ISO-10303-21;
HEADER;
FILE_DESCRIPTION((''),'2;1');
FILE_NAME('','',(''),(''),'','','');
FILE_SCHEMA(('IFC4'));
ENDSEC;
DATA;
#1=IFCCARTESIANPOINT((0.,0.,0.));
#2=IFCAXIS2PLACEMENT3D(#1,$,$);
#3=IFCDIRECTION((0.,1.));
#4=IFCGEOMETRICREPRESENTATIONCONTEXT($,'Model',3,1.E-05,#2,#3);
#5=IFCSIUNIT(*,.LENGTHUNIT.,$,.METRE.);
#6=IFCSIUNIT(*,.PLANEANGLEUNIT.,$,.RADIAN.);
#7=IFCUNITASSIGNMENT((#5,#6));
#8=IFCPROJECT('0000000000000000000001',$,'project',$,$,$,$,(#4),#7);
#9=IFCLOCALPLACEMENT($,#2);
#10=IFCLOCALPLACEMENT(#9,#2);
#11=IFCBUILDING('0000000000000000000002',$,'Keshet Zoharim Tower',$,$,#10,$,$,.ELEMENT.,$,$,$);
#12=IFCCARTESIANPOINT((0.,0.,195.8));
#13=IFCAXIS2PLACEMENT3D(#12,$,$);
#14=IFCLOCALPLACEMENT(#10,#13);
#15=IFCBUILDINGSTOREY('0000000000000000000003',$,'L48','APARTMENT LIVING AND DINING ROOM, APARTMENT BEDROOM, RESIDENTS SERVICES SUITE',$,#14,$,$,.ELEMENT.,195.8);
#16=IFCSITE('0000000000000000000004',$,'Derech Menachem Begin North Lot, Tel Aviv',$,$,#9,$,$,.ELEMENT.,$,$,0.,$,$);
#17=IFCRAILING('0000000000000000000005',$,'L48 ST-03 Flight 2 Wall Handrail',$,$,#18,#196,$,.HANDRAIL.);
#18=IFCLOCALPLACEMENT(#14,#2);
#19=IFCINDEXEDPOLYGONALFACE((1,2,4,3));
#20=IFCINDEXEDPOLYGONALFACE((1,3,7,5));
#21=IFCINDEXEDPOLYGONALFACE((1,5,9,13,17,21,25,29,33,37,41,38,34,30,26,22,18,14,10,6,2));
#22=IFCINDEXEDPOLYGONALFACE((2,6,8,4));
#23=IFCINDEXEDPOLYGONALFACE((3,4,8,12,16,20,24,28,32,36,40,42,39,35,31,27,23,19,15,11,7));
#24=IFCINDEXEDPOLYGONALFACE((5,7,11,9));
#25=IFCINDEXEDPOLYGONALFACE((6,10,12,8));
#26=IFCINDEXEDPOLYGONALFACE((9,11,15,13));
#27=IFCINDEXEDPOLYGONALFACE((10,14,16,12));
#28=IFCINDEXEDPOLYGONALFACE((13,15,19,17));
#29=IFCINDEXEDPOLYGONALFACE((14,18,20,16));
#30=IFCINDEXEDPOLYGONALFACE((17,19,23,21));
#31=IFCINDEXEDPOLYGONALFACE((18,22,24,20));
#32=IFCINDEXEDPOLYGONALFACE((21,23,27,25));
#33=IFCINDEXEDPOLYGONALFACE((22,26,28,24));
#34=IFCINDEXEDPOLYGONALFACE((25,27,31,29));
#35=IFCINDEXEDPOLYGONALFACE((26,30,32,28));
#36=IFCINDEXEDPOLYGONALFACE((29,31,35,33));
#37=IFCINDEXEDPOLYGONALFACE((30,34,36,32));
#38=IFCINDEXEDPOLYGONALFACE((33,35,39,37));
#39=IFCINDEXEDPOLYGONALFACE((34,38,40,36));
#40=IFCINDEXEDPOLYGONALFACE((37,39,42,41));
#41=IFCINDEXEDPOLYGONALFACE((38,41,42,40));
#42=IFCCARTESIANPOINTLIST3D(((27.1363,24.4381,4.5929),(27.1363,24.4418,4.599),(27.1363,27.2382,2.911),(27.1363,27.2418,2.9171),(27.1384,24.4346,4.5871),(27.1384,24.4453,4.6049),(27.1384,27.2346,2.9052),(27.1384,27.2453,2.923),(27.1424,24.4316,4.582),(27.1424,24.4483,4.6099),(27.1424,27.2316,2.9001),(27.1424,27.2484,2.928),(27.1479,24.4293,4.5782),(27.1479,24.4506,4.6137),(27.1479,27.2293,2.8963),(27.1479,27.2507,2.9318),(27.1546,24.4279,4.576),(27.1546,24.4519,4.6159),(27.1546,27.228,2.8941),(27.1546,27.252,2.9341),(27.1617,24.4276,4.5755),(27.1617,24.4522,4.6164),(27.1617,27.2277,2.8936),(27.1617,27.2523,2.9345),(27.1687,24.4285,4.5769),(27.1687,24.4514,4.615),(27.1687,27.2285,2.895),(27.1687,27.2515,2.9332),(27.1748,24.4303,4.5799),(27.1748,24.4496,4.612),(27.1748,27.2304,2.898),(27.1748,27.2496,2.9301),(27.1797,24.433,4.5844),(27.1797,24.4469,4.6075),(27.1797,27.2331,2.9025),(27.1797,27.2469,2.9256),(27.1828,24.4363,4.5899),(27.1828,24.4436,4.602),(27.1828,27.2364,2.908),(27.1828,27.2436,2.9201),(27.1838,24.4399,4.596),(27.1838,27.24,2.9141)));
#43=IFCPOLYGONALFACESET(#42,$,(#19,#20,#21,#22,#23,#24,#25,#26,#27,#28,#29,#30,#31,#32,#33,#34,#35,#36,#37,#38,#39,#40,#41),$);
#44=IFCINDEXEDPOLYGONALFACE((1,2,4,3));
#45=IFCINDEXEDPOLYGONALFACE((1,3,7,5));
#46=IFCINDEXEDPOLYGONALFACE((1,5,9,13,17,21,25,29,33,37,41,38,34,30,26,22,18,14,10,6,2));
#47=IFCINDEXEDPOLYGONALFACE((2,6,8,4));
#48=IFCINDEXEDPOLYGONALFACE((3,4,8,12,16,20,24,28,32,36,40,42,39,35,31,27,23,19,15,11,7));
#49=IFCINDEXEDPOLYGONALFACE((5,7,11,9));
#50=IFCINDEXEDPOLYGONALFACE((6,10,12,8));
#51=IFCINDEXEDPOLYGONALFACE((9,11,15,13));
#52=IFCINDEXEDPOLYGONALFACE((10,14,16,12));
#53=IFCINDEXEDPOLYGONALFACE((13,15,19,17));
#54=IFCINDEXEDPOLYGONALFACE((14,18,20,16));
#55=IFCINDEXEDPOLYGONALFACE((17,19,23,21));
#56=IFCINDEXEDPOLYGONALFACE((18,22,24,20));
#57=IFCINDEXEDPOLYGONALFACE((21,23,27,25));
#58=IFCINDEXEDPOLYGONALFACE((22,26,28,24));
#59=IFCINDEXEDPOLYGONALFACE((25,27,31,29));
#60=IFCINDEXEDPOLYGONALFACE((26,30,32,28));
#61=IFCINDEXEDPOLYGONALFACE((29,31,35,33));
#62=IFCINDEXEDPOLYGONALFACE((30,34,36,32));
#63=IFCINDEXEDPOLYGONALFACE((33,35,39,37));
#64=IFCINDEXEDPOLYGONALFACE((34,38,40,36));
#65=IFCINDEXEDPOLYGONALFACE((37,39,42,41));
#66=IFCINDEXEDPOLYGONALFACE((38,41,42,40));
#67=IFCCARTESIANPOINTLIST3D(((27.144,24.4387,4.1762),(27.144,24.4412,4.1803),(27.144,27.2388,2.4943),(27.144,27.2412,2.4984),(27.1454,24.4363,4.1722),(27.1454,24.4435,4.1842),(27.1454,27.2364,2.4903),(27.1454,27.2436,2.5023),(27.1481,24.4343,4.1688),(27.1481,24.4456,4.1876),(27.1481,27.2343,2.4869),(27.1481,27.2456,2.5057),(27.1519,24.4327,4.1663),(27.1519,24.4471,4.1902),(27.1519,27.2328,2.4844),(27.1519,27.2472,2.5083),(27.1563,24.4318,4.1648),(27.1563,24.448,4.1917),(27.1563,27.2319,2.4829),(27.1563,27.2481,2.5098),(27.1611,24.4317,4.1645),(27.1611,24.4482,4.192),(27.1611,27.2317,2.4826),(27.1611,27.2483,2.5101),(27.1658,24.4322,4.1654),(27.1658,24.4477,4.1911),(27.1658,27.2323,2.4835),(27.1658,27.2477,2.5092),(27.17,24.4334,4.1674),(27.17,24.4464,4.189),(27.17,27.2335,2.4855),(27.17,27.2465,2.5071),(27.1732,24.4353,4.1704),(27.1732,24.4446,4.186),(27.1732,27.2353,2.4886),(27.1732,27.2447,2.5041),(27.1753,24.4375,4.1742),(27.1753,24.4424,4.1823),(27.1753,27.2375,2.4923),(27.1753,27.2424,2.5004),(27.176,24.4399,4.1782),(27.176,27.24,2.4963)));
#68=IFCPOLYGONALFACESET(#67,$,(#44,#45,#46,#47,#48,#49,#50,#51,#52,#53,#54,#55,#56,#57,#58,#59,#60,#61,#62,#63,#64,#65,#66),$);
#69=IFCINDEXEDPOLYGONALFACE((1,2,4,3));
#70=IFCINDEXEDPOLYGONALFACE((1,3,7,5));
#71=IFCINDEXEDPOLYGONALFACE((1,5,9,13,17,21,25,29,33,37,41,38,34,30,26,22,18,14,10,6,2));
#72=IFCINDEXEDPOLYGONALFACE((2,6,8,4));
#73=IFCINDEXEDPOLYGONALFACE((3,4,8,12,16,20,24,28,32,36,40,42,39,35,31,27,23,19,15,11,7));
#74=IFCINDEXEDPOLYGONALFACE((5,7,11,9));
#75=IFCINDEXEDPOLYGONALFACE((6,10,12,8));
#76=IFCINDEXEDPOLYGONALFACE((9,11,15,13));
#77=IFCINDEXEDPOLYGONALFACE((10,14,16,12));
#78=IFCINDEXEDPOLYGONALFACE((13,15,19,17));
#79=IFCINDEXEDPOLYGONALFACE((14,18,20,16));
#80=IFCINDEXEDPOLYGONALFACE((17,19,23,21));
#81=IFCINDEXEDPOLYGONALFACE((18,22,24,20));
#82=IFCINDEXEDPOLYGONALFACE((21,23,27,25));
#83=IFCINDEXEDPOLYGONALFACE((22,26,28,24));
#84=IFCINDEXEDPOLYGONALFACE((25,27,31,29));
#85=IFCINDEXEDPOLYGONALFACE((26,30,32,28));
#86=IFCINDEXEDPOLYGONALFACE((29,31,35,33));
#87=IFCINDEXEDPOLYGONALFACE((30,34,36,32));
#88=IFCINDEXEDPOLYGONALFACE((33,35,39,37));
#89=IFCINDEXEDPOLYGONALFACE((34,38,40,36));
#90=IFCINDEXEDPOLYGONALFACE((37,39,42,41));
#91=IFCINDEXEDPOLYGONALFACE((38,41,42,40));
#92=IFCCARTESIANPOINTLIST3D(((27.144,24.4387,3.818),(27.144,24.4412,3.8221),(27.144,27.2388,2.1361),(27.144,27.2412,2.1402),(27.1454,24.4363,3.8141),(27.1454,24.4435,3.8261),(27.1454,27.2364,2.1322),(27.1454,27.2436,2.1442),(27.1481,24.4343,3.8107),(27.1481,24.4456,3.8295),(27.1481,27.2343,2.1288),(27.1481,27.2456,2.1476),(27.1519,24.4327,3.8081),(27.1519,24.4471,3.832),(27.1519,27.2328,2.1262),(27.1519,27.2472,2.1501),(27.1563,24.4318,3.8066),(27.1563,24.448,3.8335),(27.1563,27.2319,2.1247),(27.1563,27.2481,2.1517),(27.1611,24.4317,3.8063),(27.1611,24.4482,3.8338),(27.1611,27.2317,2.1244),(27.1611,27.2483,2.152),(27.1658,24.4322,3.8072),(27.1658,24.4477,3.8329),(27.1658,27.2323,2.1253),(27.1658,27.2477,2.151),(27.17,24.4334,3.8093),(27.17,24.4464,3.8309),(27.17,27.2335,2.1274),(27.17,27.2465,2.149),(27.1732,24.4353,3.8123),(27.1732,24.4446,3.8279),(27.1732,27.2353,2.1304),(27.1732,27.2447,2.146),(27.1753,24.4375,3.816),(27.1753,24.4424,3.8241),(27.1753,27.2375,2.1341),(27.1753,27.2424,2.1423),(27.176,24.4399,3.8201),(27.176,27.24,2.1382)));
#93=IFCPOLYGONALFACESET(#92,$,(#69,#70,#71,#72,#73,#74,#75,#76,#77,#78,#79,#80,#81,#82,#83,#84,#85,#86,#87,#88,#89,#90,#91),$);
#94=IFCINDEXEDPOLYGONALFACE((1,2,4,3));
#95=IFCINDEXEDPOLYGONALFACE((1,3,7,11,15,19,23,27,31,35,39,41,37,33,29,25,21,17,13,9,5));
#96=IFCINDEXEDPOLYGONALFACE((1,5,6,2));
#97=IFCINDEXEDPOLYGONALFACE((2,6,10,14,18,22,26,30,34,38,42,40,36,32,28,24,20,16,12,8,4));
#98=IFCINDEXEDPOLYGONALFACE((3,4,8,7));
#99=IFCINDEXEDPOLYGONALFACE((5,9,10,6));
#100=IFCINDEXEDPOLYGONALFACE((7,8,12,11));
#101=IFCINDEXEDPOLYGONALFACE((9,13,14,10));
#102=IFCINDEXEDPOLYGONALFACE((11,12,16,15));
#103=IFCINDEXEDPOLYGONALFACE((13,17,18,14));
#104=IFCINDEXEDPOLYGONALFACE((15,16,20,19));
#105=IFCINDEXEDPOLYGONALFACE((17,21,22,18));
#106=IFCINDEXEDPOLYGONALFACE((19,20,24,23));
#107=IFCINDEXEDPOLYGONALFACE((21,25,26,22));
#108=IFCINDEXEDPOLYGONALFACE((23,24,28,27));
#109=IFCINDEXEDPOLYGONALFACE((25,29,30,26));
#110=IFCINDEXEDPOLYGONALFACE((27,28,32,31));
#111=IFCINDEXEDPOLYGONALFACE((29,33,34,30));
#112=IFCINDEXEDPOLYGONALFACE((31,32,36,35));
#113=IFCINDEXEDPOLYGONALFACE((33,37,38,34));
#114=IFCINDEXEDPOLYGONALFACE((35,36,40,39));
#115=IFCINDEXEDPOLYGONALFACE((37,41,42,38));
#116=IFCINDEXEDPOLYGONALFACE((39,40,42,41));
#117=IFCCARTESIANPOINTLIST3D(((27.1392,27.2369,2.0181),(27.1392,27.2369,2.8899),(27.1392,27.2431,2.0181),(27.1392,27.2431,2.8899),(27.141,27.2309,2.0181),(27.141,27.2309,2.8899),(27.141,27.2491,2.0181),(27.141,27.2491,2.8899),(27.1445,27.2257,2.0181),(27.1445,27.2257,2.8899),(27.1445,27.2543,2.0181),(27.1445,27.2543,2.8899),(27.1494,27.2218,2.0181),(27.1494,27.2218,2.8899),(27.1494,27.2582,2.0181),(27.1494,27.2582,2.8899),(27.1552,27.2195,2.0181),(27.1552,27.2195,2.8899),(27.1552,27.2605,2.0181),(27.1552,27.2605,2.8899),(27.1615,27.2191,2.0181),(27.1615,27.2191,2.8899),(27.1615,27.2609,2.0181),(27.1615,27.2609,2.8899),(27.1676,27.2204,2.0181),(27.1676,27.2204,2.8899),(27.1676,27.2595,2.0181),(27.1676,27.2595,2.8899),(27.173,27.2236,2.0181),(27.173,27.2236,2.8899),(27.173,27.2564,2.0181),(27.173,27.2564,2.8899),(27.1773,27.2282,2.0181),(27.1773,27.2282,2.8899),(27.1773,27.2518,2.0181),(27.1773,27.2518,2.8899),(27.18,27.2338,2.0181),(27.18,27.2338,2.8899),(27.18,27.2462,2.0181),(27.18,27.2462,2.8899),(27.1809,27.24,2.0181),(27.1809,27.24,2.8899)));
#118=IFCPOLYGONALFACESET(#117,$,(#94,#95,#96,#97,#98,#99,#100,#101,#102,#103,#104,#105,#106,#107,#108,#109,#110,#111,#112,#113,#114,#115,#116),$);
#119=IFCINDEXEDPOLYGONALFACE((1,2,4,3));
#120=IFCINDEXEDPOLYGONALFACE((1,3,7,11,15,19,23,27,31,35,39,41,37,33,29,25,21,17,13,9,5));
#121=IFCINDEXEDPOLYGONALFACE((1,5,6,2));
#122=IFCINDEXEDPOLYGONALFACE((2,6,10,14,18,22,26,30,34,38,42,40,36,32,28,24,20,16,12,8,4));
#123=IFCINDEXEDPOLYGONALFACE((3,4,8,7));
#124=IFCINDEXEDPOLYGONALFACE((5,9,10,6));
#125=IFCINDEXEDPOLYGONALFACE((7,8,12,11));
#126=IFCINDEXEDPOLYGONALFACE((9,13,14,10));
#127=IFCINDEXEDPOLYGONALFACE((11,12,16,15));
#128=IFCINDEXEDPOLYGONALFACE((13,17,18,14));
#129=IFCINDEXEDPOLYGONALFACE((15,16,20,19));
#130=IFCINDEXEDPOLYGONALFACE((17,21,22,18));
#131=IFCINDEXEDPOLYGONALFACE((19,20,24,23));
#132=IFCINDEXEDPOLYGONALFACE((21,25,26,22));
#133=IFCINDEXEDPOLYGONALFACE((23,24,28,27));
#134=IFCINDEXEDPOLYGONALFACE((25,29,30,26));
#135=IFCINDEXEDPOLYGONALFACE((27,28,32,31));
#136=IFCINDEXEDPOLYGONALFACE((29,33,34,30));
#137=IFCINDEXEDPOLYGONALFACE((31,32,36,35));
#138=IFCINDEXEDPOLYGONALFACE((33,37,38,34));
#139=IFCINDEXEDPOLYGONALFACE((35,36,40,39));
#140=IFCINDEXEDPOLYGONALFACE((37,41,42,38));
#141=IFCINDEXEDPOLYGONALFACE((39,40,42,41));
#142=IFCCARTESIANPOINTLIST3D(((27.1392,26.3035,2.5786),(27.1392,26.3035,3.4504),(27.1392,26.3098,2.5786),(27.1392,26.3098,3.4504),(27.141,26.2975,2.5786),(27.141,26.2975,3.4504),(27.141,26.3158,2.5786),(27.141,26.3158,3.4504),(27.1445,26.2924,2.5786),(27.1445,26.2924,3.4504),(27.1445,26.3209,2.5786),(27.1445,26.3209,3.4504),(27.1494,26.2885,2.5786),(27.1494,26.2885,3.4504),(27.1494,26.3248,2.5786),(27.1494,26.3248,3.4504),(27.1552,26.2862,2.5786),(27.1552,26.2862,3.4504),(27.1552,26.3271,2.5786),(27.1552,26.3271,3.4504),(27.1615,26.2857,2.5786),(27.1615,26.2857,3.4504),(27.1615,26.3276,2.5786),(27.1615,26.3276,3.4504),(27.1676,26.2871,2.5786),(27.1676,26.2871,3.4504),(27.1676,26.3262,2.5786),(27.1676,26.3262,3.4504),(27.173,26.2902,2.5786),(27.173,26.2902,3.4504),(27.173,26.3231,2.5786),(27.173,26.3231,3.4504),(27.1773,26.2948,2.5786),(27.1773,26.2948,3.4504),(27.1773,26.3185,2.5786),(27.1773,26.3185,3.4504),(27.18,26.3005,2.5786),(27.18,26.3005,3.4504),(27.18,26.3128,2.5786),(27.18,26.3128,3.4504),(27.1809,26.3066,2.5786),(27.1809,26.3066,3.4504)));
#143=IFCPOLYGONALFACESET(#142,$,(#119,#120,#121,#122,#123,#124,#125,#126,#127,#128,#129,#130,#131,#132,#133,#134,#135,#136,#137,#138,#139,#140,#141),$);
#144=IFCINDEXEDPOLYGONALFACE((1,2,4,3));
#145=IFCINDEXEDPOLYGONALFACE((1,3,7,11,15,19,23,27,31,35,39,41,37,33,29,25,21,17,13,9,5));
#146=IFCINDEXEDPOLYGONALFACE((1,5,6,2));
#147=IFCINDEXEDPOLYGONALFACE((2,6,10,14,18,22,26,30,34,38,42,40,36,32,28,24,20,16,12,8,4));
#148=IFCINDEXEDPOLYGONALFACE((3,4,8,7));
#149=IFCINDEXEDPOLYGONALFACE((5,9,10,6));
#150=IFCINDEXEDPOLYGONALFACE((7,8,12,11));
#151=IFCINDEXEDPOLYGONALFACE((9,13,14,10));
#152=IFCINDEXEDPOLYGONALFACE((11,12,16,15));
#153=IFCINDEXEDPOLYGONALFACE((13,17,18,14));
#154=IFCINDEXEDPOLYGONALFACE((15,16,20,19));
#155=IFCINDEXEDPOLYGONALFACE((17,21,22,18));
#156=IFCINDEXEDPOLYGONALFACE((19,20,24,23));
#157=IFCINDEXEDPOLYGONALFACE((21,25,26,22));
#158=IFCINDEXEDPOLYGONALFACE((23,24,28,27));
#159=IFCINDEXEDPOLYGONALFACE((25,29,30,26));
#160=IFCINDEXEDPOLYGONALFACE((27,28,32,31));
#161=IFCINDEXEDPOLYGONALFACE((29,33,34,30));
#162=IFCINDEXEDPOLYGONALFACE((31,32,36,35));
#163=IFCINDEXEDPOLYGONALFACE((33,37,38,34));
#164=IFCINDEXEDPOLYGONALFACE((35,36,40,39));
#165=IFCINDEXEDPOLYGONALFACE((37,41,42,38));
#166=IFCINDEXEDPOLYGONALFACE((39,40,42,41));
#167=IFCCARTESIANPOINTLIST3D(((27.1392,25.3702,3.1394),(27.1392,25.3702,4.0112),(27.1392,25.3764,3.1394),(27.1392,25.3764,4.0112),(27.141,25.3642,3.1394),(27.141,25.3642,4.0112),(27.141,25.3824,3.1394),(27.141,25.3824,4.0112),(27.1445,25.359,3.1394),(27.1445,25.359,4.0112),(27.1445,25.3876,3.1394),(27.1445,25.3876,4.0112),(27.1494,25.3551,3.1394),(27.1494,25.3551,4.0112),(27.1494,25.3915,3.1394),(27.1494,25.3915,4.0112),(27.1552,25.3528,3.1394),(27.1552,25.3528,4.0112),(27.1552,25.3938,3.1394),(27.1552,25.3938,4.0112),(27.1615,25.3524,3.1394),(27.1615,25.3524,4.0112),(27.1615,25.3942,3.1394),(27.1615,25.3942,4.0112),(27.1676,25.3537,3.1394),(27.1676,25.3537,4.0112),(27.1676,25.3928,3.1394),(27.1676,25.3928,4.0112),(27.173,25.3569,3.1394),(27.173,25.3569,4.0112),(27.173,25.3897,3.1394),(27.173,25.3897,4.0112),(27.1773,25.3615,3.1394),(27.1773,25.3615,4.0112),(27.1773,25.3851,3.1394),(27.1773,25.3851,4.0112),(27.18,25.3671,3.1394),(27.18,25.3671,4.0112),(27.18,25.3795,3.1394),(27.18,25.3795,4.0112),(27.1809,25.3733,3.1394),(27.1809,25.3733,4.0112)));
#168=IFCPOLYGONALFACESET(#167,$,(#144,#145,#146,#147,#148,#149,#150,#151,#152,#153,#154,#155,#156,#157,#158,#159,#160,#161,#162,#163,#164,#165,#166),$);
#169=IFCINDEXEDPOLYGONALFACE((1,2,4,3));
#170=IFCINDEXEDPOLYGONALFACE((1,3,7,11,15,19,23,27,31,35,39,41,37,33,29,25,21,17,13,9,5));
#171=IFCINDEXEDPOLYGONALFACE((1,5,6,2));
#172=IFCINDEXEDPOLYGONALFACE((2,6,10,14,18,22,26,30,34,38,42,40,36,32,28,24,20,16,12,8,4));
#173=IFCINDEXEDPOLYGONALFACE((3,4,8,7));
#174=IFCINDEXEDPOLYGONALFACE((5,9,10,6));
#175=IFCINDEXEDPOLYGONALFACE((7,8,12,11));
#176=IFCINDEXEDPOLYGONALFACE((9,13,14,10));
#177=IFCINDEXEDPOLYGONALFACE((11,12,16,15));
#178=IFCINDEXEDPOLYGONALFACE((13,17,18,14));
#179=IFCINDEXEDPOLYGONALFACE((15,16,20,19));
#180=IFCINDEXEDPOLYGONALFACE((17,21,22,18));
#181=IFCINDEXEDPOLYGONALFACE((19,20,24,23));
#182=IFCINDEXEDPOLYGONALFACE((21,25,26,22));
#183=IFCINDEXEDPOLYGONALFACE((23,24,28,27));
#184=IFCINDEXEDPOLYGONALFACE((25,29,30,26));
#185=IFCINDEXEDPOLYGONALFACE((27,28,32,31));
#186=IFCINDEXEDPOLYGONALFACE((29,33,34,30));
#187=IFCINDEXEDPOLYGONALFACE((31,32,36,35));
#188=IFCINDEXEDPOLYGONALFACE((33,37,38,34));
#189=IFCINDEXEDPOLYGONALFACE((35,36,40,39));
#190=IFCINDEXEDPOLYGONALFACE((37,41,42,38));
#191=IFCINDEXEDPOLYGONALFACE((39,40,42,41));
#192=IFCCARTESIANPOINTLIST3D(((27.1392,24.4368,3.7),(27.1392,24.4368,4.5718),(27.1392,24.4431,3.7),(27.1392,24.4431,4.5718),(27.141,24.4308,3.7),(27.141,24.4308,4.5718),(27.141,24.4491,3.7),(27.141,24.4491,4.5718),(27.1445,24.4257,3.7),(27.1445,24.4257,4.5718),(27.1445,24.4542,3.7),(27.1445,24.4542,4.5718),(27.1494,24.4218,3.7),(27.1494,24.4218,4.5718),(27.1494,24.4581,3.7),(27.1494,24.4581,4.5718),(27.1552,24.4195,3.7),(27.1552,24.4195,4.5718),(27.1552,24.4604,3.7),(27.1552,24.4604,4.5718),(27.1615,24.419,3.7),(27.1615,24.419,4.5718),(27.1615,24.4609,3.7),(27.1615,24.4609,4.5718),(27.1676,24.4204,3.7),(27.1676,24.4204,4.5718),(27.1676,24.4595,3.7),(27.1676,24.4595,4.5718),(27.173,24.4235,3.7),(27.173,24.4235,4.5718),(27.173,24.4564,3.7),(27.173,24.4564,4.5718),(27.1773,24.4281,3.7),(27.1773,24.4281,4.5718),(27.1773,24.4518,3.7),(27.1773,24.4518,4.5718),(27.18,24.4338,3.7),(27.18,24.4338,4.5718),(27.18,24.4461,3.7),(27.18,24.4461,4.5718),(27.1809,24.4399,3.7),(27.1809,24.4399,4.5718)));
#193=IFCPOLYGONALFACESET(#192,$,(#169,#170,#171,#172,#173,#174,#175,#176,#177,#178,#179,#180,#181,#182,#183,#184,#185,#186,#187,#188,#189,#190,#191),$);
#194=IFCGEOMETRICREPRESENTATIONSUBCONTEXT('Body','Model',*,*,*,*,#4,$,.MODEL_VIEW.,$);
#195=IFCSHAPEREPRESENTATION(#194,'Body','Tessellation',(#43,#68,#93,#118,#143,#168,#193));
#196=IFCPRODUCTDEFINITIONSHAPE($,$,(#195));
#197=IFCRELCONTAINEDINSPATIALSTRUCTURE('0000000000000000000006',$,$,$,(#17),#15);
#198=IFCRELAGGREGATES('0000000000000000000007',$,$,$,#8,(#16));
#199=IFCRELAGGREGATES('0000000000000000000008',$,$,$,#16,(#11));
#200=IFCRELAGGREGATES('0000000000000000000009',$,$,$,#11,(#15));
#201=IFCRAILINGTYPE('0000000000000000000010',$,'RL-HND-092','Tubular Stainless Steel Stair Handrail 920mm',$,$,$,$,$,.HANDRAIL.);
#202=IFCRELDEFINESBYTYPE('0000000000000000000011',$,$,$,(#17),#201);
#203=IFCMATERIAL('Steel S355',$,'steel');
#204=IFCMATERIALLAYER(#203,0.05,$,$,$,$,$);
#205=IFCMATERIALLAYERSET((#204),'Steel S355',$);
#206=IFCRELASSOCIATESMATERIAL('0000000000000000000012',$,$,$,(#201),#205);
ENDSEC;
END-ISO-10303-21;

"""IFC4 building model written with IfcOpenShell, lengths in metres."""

from ifc_helpers import new_model, si_unit, direction, frame, origin, origin_2d, place, context, subcontext, project, spatial, circle, extrude, material, layer, layer_set, type_object, element, save


model = new_model("IFC4")

# Units and contexts
model_context = context("Model", 3, precision=1e-05, world=origin(), true_north=direction((0.0, 1.0)))
body_context = subcontext(model_context, "Body", "Model", "MODEL_VIEW")
ifc_project = project(units=[si_unit("LENGTHUNIT", "METRE"), si_unit("PLANEANGLEUNIT", "RADIAN")], contexts=[model_context])

# Site, building, storey
site_placement = place(None, origin())
site = spatial("IfcSite", under=ifc_project, at=site_placement, Name="Derech Menachem Begin North Lot, Tel Aviv", CompositionType="ELEMENT", RefElevation=0.0)
building_placement = place(site_placement, origin())
building = spatial("IfcBuilding", under=site, at=building_placement, Name="Keshet Zoharim Tower", CompositionType="ELEMENT")
storey_placement = place(building_placement, frame((0.0, 0.0, 195.8)))
storey = spatial("IfcBuildingStorey", under=building, at=storey_placement, Name="L48", Description="APARTMENT LIVING AND DINING ROOM, APARTMENT BEDROOM, RESIDENTS SERVICES SUITE", CompositionType="ELEMENT", Elevation=195.8)

# Shared definitions
ifc_material_1 = material(Name="Steel S355", Category="steel")

# Railing
ifc_layer_1 = layer(ifc_material_1, 0.05)
ifc_layer_set_1 = layer_set([ifc_layer_1], Name="Steel S355")
railing_type = type_object("IfcRailingType", Name="RL-HND-092", Description="Tubular Stainless Steel Stair Handrail 920mm", PredefinedType="HANDRAIL", material=ifc_layer_set_1)
railing_placement = place(storey_placement, frame((27.1599, 27.24, 2.0181)))
element("IfcRailing", 1, at=railing_placement, inside=storey, type_object=railing_type, Name="L48 ST-03 Flight 2 Wall Handrail", PredefinedType="HANDRAIL", context=body_context, shape_type="SweptSolid", body=[
    extrude(circle(Radius=0.0239, at=origin_2d()), frame((0.0, 0.0, 0.896), z_axis=(0.0, -0.857242, 0.514913), x_axis=(1.0, 0.0, 0.0)), (0.0, 0.0, 1.0), 3.2664),
    extrude(circle(Radius=0.0161, at=origin_2d()), frame((0.0, 0.0, 0.4783), z_axis=(0.0, -0.857242, 0.514913), x_axis=(1.0, 0.0, 0.0)), (0.0, 0.0, 1.0), 3.2664),
    extrude(circle(Radius=0.0161, at=origin_2d()), frame((0.0, 0.0, 0.1201), z_axis=(0.0, -0.857242, 0.514913), x_axis=(1.0, 0.0, 0.0)), (0.0, 0.0, 1.0), 3.2664),
    extrude(circle(Radius=0.021, at=origin_2d()), origin(), (0.0, 0.0, 1.0), 0.8718),
    extrude(circle(Radius=0.021, at=origin_2d()), frame((0.0, -0.9333, 0.5605)), (0.0, 0.0, 1.0), 0.8718),
    extrude(circle(Radius=0.021, at=origin_2d()), frame((0.0, -1.8667, 1.1213)), (0.0, 0.0, 1.0), 0.8718),
    extrude(circle(Radius=0.021, at=origin_2d()), frame((0.0, -2.8, 1.6819)), (0.0, 0.0, 1.0), 0.8718),
])

save(model, "model.ifc")
